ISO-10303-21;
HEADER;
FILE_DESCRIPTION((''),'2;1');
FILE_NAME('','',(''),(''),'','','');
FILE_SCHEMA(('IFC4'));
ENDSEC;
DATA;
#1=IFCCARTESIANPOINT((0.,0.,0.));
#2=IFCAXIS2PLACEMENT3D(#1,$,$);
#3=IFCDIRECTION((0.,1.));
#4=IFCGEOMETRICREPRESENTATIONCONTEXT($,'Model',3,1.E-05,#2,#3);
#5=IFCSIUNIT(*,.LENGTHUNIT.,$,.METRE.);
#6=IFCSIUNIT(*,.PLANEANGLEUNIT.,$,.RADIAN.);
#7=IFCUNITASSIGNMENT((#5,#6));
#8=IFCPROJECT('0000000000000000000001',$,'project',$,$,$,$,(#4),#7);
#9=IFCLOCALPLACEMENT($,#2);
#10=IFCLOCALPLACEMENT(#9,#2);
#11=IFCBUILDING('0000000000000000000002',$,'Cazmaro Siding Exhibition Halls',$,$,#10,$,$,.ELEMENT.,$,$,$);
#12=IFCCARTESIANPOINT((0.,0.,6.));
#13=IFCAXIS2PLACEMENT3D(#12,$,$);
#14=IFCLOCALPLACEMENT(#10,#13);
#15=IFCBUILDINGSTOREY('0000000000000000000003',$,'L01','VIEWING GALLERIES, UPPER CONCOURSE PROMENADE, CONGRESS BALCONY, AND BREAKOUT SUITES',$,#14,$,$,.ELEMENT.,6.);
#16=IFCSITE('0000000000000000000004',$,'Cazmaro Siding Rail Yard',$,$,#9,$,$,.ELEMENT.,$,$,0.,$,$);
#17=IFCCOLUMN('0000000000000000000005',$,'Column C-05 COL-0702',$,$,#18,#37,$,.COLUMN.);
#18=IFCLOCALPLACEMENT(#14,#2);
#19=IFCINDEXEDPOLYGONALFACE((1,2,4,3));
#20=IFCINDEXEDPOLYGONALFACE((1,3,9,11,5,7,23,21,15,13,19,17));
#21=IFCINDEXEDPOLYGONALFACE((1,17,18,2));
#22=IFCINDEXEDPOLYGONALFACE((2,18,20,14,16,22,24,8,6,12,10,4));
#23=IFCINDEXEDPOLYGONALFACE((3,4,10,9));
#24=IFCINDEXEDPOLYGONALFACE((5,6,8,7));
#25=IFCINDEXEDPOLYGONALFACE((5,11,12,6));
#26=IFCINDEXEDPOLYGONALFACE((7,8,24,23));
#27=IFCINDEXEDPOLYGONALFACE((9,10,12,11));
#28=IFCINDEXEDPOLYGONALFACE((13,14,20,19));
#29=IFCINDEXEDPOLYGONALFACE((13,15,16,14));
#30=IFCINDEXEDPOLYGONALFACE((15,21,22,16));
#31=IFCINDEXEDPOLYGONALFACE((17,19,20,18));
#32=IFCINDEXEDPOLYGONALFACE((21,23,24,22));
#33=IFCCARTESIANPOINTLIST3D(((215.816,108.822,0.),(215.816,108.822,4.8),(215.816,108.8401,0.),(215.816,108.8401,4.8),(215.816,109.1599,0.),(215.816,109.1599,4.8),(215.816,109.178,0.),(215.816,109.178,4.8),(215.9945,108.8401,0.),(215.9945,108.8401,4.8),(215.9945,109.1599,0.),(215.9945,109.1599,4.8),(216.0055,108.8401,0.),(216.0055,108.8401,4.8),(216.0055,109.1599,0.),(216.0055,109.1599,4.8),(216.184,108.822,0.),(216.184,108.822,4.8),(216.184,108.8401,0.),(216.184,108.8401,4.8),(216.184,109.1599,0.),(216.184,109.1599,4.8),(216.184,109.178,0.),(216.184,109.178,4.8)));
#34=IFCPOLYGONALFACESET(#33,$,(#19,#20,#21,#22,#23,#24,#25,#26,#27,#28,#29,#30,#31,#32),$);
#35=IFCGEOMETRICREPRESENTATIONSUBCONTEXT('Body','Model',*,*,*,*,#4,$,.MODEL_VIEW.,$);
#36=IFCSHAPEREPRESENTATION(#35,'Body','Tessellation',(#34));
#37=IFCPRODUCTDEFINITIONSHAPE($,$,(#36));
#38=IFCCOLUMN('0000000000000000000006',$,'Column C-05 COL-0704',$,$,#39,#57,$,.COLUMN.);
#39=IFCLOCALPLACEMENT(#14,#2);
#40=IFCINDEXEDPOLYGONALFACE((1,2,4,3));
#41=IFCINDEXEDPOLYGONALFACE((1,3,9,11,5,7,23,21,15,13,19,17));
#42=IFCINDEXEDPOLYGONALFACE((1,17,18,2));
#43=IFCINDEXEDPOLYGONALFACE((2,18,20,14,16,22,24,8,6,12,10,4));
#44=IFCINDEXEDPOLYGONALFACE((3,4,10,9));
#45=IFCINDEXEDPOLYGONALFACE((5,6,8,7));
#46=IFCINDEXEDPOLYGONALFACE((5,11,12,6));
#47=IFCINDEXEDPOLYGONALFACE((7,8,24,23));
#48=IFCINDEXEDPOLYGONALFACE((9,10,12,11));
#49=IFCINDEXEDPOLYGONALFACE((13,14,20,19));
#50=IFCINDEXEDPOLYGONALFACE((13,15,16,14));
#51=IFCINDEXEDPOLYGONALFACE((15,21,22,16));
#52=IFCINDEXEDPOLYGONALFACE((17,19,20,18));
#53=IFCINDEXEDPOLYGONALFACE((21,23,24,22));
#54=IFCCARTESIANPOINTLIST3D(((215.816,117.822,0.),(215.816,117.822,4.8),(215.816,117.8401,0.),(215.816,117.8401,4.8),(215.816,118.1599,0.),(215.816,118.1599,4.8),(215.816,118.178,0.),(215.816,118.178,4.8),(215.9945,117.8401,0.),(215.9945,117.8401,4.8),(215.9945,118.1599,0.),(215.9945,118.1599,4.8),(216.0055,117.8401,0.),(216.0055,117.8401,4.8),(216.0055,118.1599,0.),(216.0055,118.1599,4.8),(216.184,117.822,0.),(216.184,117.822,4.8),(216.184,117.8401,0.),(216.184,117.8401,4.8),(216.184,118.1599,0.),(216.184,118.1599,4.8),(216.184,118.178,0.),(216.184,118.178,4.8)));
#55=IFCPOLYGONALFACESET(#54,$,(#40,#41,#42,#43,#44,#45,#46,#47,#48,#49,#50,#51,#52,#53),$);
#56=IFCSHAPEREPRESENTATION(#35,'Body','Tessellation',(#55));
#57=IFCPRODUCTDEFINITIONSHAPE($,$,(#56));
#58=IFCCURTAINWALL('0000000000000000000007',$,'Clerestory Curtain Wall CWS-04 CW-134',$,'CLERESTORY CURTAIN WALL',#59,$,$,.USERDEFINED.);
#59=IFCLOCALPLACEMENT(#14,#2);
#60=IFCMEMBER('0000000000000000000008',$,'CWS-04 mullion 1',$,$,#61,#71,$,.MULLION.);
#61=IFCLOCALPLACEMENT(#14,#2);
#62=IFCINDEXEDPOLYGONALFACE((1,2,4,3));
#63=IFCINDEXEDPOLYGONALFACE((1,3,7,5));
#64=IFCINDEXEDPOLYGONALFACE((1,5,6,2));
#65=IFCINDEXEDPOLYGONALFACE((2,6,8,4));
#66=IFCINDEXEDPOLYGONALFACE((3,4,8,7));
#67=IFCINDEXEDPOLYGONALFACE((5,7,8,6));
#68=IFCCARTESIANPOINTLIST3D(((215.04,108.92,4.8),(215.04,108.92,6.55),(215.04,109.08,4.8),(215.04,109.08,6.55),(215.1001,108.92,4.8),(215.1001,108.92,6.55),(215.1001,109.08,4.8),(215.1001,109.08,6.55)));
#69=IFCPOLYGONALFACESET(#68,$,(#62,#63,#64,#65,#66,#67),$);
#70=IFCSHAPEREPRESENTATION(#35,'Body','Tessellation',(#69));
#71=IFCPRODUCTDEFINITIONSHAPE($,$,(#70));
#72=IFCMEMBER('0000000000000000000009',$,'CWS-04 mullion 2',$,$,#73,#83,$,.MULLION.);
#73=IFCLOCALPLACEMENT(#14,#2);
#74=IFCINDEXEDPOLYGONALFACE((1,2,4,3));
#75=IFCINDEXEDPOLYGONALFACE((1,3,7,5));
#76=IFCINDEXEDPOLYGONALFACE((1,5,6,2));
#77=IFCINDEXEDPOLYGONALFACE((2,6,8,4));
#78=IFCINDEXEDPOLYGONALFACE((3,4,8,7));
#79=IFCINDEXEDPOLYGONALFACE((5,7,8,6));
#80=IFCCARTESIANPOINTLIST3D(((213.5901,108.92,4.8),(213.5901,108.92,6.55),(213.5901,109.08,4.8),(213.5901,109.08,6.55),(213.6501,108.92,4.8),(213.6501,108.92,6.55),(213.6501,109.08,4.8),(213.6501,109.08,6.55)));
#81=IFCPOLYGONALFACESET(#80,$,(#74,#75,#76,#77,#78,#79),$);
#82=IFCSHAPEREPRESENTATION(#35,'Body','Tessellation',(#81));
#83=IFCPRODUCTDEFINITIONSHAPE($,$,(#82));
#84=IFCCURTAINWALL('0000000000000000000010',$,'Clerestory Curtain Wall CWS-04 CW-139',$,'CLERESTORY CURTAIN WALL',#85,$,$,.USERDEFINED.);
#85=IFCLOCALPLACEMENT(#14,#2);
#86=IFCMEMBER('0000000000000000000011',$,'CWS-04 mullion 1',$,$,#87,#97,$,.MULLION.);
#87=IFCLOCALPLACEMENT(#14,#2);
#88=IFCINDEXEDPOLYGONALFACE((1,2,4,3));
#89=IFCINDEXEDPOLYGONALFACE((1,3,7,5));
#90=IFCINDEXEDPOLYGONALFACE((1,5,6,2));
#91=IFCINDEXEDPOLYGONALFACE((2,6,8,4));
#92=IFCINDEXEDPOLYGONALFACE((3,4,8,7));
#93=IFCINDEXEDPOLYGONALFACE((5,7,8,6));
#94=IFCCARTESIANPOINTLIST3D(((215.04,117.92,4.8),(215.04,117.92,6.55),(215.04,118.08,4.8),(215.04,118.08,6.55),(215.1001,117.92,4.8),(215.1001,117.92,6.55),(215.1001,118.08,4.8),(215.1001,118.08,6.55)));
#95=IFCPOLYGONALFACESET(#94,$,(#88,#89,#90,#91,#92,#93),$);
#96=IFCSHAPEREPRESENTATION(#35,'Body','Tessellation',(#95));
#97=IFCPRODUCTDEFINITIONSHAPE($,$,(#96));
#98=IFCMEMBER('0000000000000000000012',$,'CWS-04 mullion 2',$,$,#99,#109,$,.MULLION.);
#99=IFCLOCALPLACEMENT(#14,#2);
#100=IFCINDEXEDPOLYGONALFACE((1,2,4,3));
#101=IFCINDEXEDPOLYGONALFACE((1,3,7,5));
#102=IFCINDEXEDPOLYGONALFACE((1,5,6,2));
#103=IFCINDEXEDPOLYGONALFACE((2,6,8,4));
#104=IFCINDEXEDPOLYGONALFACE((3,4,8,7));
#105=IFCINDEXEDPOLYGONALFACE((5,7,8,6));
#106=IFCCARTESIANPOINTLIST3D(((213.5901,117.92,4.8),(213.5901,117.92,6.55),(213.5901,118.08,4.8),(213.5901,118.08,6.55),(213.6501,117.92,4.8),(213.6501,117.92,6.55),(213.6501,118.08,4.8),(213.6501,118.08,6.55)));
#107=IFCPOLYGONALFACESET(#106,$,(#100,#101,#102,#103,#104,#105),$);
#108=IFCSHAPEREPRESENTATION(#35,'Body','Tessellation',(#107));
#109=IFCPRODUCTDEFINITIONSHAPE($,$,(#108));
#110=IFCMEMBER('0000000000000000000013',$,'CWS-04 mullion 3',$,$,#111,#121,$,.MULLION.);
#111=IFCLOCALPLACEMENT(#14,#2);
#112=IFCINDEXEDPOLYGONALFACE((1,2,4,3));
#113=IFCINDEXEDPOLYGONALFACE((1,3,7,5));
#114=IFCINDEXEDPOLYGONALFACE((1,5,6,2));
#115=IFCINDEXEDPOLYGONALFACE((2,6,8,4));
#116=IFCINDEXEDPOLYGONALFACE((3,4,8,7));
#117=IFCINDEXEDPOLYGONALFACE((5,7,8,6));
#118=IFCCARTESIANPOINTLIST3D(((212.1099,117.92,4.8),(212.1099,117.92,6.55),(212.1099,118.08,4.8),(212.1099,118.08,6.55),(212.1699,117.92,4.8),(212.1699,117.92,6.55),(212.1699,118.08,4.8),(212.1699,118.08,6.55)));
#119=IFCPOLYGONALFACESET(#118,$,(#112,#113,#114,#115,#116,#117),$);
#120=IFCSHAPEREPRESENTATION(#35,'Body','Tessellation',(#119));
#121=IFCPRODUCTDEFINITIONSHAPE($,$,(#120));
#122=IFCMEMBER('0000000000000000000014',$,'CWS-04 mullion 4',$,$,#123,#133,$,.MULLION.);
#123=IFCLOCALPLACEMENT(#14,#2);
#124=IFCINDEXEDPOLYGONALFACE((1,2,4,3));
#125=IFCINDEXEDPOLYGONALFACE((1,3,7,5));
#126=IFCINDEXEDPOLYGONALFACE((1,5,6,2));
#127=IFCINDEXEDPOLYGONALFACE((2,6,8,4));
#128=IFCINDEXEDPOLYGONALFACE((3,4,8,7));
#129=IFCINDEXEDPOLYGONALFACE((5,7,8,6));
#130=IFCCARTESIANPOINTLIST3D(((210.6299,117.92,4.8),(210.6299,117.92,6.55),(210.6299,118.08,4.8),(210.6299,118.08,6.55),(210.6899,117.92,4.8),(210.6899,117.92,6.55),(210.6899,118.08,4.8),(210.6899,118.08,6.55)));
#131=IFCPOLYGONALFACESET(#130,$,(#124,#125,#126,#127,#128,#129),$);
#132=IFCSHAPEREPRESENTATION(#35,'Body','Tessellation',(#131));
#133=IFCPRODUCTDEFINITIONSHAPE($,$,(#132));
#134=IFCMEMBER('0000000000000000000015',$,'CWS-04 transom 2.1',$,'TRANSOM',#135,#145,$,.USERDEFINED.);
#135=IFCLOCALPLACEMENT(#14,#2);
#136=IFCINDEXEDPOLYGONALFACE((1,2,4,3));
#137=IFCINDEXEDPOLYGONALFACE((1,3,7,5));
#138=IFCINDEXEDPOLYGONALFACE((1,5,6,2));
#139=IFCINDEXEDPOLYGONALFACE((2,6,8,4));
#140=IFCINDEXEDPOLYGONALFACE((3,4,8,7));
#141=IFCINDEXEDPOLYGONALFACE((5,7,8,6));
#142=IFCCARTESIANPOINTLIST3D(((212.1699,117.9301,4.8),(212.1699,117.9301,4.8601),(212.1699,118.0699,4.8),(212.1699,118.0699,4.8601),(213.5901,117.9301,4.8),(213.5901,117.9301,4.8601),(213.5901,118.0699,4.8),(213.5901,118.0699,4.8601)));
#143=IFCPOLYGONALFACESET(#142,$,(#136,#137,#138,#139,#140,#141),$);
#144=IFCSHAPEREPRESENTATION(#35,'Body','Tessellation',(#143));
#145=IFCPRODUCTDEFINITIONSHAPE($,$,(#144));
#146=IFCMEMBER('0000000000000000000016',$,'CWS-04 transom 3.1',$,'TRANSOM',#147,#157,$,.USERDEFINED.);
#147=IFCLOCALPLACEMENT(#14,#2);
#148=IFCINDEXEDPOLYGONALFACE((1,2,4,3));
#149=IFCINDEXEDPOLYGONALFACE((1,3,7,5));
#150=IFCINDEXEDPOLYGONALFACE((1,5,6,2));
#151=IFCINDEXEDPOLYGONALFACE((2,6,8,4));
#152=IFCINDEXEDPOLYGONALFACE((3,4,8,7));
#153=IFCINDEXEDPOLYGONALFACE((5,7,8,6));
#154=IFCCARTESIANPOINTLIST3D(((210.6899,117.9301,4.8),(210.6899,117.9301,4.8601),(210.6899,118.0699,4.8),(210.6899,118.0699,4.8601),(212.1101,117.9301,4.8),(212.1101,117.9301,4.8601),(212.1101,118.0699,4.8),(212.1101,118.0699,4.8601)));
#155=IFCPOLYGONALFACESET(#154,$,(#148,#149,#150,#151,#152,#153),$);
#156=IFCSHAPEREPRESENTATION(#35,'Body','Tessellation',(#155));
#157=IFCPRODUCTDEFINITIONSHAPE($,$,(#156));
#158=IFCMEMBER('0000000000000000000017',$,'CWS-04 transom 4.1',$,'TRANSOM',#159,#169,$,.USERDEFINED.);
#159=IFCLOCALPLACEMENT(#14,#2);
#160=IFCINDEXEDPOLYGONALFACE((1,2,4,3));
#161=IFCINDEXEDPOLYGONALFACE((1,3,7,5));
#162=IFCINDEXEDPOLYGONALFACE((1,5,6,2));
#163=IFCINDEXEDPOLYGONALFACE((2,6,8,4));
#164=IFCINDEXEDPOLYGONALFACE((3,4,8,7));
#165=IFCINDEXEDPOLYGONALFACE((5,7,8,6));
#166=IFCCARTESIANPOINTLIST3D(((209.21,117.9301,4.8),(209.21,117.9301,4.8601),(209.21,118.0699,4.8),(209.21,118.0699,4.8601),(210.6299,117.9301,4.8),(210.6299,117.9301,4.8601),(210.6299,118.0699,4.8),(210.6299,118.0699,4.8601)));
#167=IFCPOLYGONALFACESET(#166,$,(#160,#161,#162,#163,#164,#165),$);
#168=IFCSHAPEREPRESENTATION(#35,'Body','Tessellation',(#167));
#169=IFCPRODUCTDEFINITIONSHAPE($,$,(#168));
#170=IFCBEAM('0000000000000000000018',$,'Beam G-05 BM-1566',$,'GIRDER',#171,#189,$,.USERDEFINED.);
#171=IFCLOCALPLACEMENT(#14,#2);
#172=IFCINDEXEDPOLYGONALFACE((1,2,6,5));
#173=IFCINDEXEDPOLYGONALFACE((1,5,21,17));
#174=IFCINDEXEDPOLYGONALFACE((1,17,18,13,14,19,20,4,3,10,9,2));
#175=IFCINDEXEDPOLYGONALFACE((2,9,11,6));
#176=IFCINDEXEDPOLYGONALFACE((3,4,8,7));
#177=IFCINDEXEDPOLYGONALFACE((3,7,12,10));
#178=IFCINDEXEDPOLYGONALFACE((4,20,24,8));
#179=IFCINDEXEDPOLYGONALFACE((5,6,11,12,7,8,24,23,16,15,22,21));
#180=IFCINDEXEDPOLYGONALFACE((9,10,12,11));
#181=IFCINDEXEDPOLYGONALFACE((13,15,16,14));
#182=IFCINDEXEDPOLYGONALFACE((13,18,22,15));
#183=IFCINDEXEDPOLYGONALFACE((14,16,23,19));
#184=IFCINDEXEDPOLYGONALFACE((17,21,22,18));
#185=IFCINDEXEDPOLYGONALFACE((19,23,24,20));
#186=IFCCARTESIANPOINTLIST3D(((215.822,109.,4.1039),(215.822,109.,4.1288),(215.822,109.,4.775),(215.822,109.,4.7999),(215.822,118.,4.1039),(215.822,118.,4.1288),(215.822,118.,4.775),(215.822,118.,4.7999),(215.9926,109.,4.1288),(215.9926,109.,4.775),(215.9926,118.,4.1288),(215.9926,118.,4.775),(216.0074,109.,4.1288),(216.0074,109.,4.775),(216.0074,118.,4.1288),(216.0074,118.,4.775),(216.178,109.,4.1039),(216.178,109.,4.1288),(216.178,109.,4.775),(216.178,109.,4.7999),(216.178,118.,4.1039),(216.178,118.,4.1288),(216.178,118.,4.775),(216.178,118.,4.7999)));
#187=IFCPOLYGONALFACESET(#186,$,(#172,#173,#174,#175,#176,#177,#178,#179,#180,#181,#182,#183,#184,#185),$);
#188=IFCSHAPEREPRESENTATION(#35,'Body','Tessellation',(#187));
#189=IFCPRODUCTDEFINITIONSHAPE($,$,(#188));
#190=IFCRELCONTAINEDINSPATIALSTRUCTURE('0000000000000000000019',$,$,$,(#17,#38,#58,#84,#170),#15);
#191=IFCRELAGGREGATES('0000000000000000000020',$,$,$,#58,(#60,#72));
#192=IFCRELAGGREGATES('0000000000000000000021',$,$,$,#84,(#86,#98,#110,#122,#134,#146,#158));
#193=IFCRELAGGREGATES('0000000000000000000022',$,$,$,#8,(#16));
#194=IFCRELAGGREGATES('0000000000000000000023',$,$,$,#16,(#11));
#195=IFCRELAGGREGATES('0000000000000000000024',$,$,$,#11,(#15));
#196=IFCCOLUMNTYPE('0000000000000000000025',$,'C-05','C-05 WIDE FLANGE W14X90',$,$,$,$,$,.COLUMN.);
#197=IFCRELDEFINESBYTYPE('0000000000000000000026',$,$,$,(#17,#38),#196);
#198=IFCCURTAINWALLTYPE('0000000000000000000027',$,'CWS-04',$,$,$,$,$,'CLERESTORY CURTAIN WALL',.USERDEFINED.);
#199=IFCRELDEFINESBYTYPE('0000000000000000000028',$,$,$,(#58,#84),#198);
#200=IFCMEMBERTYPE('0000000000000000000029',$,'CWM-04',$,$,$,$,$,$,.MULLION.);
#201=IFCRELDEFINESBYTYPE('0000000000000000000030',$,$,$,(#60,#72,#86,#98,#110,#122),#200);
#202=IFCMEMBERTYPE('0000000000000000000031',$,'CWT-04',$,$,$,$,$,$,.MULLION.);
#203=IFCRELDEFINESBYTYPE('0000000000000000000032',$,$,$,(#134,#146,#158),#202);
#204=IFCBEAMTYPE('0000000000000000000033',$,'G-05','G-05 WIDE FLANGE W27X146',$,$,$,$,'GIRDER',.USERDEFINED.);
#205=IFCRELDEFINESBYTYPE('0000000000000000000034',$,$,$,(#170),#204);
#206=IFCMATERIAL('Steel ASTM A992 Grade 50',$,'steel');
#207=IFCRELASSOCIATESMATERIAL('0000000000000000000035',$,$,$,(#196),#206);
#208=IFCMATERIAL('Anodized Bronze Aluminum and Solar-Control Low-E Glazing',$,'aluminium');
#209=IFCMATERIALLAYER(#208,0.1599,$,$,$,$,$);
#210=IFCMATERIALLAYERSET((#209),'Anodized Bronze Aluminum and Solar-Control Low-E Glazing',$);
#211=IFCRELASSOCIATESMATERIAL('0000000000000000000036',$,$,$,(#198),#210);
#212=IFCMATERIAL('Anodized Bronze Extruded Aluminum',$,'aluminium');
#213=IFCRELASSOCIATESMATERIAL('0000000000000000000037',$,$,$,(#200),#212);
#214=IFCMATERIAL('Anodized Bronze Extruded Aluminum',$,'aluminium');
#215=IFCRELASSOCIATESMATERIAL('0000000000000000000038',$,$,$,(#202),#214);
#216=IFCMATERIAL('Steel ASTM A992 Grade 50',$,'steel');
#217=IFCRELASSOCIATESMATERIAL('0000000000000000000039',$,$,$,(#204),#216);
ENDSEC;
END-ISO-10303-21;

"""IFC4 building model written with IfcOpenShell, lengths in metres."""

from ifc_helpers import new_model, si_unit, direction, frame, origin, origin_2d, place, context, subcontext, project, spatial, rectangle, i_section, extrude, material, layer, layer_set, material_profile, profile_set, type_object, element, aggregate, save


model = new_model("IFC4")

# Units and contexts
model_context = context("Model", 3, precision=1e-05, world=origin(), true_north=direction((0.0, 1.0)))
body_context = subcontext(model_context, "Body", "Model", "MODEL_VIEW")
ifc_project = project(units=[si_unit("LENGTHUNIT", "METRE"), si_unit("PLANEANGLEUNIT", "RADIAN")], contexts=[model_context])

# Site, building, storey
site_placement = place(None, origin())
site = spatial("IfcSite", under=ifc_project, at=site_placement, Name="Cazmaro Siding Rail Yard", CompositionType="ELEMENT", RefElevation=0.0)
building_placement = place(site_placement, origin())
building = spatial("IfcBuilding", under=site, at=building_placement, Name="Cazmaro Siding Exhibition Halls", CompositionType="ELEMENT")
storey_placement = place(building_placement, frame((0.0, 0.0, 6.0)))
storey = spatial("IfcBuildingStorey", under=building, at=storey_placement, Name="L01", Description="VIEWING GALLERIES, UPPER CONCOURSE PROMENADE, CONGRESS BALCONY, AND BREAKOUT SUITES", CompositionType="ELEMENT", Elevation=6.0)

# Columns
ifc_material_1 = material(Name="Steel ASTM A992 Grade 50", Category="steel")
ifc_material_profile_1 = material_profile(ifc_material_1, i_section(OverallWidth=0.3679, OverallDepth=0.356, WebThickness=0.011, FlangeThickness=0.0181, at=origin_2d()), Name="W14X90")
ifc_profile_set_1 = profile_set([ifc_material_profile_1], Name="Steel ASTM A992 Grade 50")
column_type = type_object("IfcColumnType", Name="C-05", Description="C-05 WIDE FLANGE W14X90", PredefinedType="COLUMN", material=ifc_profile_set_1)
for number, where, z_axis, x_axis, name in (
    (1, (216.0, 109.0, 0.0), (0.0, 0.0, 1.0), (1.0, 0.0, 0.0), "Column C-05 COL-0702"),
    (2, (216.0, 118.0, 0.0), (0.0, 0.0, 1.0), (1.0, 0.0, 0.0), "Column C-05 COL-0704"),
):
    element("IfcColumn", number, at=place(storey_placement, frame(where, z_axis=z_axis, x_axis=x_axis)), inside=storey, type_object=column_type, Name=name, PredefinedType="COLUMN", context=body_context, shape_type="SweptSolid", body=[
        extrude(i_section(OverallWidth=0.3679, OverallDepth=0.356, WebThickness=0.011, FlangeThickness=0.0181, at=origin_2d()), origin(), (0.0, 0.0, 1.0), 4.8),
    ])

# Curtain walls, members
ifc_material_2 = material(Name="Anodized Bronze Aluminum and Solar-Control Low-E Glazing", Category="aluminium")
ifc_layer = layer(ifc_material_2, 0.1599)
ifc_layer_set = layer_set([ifc_layer], Name="Anodized Bronze Aluminum and Solar-Control Low-E Glazing")
curtain_wall_type = type_object("IfcCurtainWallType", Name="CWS-04", ElementType="CLERESTORY CURTAIN WALL", PredefinedType="USERDEFINED", material=ifc_layer_set)
curtain_wall_1_placement = place(storey_placement, origin())
curtain_wall_1 = element("IfcCurtainWall", 3, at=curtain_wall_1_placement, inside=storey, type_object=curtain_wall_type, Name="Clerestory Curtain Wall CWS-04 CW-134", ObjectType="CLERESTORY CURTAIN WALL", PredefinedType="USERDEFINED")
ifc_material_3 = material(Name="Anodized Bronze Extruded Aluminum", Category="aluminium")
ifc_material_profile_2 = material_profile(ifc_material_3, rectangle(XDim=0.1599, YDim=0.0601, at=origin_2d()), Name="CWM-04")
ifc_profile_set_2 = profile_set([ifc_material_profile_2], Name="Anodized Bronze Extruded Aluminum")
member_type_1 = type_object("IfcMemberType", Name="CWM-04", PredefinedType="MULLION", material=ifc_profile_set_2)
member_1_placement = place(storey_placement, frame((215.0701, 109.0, 4.8), z_axis=(0.0, 0.0, 1.0), x_axis=(0.0, -1.0, 0.0)))
member_1 = element("IfcMember", 4, at=member_1_placement, type_object=member_type_1, Name="CWS-04 mullion 1", PredefinedType="MULLION", context=body_context, shape_type="SweptSolid", body=[
    extrude(rectangle(XDim=0.1599, YDim=0.0601, at=origin_2d()), origin(), (0.0, 0.0, 1.0), 1.75),
])
member_2_placement = place(storey_placement, frame((213.6201, 109.0, 4.8), z_axis=(0.0, 0.0, 1.0), x_axis=(0.0, -1.0, 0.0)))
member_2 = element("IfcMember", 5, at=member_2_placement, type_object=member_type_1, Name="CWS-04 mullion 2", PredefinedType="MULLION", context=body_context, shape_type="SweptSolid", body=[
    extrude(rectangle(XDim=0.1599, YDim=0.0601, at=origin_2d()), origin(), (0.0, 0.0, 1.0), 1.75),
])
aggregate(curtain_wall_1, [member_1, member_2])
curtain_wall_2_placement = place(storey_placement, origin())
curtain_wall_2 = element("IfcCurtainWall", 6, at=curtain_wall_2_placement, inside=storey, type_object=curtain_wall_type, Name="Clerestory Curtain Wall CWS-04 CW-139", ObjectType="CLERESTORY CURTAIN WALL", PredefinedType="USERDEFINED")
member_3_placement = place(storey_placement, frame((215.0701, 118.0, 4.8), z_axis=(0.0, 0.0, 1.0), x_axis=(0.0, -1.0, 0.0)))
member_3 = element("IfcMember", 7, at=member_3_placement, type_object=member_type_1, Name="CWS-04 mullion 1", PredefinedType="MULLION", context=body_context, shape_type="SweptSolid", body=[
    extrude(rectangle(XDim=0.1599, YDim=0.0601, at=origin_2d()), origin(), (0.0, 0.0, 1.0), 1.75),
])
member_4_placement = place(storey_placement, frame((213.6201, 118.0, 4.8), z_axis=(0.0, 0.0, 1.0), x_axis=(0.0, -1.0, 0.0)))
member_4 = element("IfcMember", 8, at=member_4_placement, type_object=member_type_1, Name="CWS-04 mullion 2", PredefinedType="MULLION", context=body_context, shape_type="SweptSolid", body=[
    extrude(rectangle(XDim=0.1599, YDim=0.0601, at=origin_2d()), origin(), (0.0, 0.0, 1.0), 1.75),
])
member_5_placement = place(storey_placement, frame((212.1399, 118.0, 4.8), z_axis=(0.0, 0.0, 1.0), x_axis=(0.0, -1.0, 0.0)))
member_5 = element("IfcMember", 9, at=member_5_placement, type_object=member_type_1, Name="CWS-04 mullion 3", PredefinedType="MULLION", context=body_context, shape_type="SweptSolid", body=[
    extrude(rectangle(XDim=0.1599, YDim=0.0601, at=origin_2d()), origin(), (0.0, 0.0, 1.0), 1.75),
])
member_6_placement = place(storey_placement, frame((210.6599, 118.0, 4.8), z_axis=(0.0, 0.0, 1.0), x_axis=(0.0, -1.0, 0.0)))
member_6 = element("IfcMember", 10, at=member_6_placement, type_object=member_type_1, Name="CWS-04 mullion 4", PredefinedType="MULLION", context=body_context, shape_type="SweptSolid", body=[
    extrude(rectangle(XDim=0.1599, YDim=0.0601, at=origin_2d()), origin(), (0.0, 0.0, 1.0), 1.75),
])
ifc_material_4 = material(Name="Anodized Bronze Extruded Aluminum", Category="aluminium")
ifc_material_profile_3 = material_profile(ifc_material_4, rectangle(XDim=0.1399, YDim=0.0601, at=origin_2d()), Name="CWT-04")
ifc_profile_set_3 = profile_set([ifc_material_profile_3], Name="Anodized Bronze Extruded Aluminum")
member_type_2 = type_object("IfcMemberType", Name="CWT-04", PredefinedType="MULLION", material=ifc_profile_set_3)
member_7_placement = place(storey_placement, frame((213.5901, 118.0, 4.8301), z_axis=(-1.0, 0.0, 0.0), x_axis=(0.0, -1.0, 0.0)))
member_7 = element("IfcMember", 11, at=member_7_placement, type_object=member_type_2, Name="CWS-04 transom 2.1", ObjectType="TRANSOM", PredefinedType="USERDEFINED", context=body_context, shape_type="SweptSolid", body=[
    extrude(rectangle(XDim=0.1399, YDim=0.0601, at=origin_2d()), origin(), (0.0, 0.0, 1.0), 1.4202),
])
member_8_placement = place(storey_placement, frame((212.1101, 118.0, 4.8301), z_axis=(-1.0, 0.0, 0.0), x_axis=(0.0, -1.0, 0.0)))
member_8 = element("IfcMember", 12, at=member_8_placement, type_object=member_type_2, Name="CWS-04 transom 3.1", ObjectType="TRANSOM", PredefinedType="USERDEFINED", context=body_context, shape_type="SweptSolid", body=[
    extrude(rectangle(XDim=0.1399, YDim=0.0601, at=origin_2d()), origin(), (0.0, 0.0, 1.0), 1.4202),
])
member_9_placement = place(storey_placement, frame((210.6299, 118.0, 4.8301), z_axis=(-1.0, 0.0, 0.0), x_axis=(0.0, -1.0, 0.0)))
member_9 = element("IfcMember", 13, at=member_9_placement, type_object=member_type_2, Name="CWS-04 transom 4.1", ObjectType="TRANSOM", PredefinedType="USERDEFINED", context=body_context, shape_type="SweptSolid", body=[
    extrude(rectangle(XDim=0.1399, YDim=0.0601, at=origin_2d()), origin(), (0.0, 0.0, 1.0), 1.4199),
])
aggregate(curtain_wall_2, [member_3, member_4, member_5, member_6, member_7, member_8, member_9])

# Beam
ifc_material_5 = material(Name="Steel ASTM A992 Grade 50", Category="steel")
ifc_material_profile_4 = material_profile(ifc_material_5, i_section(OverallWidth=0.356, OverallDepth=0.696, WebThickness=0.0149, FlangeThickness=0.0249, at=origin_2d()), Name="W27X146")
ifc_profile_set_4 = profile_set([ifc_material_profile_4], Name="Steel ASTM A992 Grade 50")
beam_type_1 = type_object("IfcBeamType", Name="G-05", Description="G-05 WIDE FLANGE W27X146", ElementType="GIRDER", PredefinedType="USERDEFINED", material=ifc_profile_set_4)
beam_1_placement = place(storey_placement, frame((216.0, 109.0, 4.4519), z_axis=(0.0, 1.0, 0.0), x_axis=(-1.0, 0.0, 0.0)))
element("IfcBeam", 14, at=beam_1_placement, inside=storey, type_object=beam_type_1, Name="Beam G-05 BM-1566", ObjectType="GIRDER", PredefinedType="USERDEFINED", context=body_context, shape_type="SweptSolid", body=[
    extrude(i_section(OverallWidth=0.356, OverallDepth=0.696, WebThickness=0.0149, FlangeThickness=0.0249, at=origin_2d()), origin(), (0.0, 0.0, 1.0), 9.0),
])

save(model, "model.ifc")
